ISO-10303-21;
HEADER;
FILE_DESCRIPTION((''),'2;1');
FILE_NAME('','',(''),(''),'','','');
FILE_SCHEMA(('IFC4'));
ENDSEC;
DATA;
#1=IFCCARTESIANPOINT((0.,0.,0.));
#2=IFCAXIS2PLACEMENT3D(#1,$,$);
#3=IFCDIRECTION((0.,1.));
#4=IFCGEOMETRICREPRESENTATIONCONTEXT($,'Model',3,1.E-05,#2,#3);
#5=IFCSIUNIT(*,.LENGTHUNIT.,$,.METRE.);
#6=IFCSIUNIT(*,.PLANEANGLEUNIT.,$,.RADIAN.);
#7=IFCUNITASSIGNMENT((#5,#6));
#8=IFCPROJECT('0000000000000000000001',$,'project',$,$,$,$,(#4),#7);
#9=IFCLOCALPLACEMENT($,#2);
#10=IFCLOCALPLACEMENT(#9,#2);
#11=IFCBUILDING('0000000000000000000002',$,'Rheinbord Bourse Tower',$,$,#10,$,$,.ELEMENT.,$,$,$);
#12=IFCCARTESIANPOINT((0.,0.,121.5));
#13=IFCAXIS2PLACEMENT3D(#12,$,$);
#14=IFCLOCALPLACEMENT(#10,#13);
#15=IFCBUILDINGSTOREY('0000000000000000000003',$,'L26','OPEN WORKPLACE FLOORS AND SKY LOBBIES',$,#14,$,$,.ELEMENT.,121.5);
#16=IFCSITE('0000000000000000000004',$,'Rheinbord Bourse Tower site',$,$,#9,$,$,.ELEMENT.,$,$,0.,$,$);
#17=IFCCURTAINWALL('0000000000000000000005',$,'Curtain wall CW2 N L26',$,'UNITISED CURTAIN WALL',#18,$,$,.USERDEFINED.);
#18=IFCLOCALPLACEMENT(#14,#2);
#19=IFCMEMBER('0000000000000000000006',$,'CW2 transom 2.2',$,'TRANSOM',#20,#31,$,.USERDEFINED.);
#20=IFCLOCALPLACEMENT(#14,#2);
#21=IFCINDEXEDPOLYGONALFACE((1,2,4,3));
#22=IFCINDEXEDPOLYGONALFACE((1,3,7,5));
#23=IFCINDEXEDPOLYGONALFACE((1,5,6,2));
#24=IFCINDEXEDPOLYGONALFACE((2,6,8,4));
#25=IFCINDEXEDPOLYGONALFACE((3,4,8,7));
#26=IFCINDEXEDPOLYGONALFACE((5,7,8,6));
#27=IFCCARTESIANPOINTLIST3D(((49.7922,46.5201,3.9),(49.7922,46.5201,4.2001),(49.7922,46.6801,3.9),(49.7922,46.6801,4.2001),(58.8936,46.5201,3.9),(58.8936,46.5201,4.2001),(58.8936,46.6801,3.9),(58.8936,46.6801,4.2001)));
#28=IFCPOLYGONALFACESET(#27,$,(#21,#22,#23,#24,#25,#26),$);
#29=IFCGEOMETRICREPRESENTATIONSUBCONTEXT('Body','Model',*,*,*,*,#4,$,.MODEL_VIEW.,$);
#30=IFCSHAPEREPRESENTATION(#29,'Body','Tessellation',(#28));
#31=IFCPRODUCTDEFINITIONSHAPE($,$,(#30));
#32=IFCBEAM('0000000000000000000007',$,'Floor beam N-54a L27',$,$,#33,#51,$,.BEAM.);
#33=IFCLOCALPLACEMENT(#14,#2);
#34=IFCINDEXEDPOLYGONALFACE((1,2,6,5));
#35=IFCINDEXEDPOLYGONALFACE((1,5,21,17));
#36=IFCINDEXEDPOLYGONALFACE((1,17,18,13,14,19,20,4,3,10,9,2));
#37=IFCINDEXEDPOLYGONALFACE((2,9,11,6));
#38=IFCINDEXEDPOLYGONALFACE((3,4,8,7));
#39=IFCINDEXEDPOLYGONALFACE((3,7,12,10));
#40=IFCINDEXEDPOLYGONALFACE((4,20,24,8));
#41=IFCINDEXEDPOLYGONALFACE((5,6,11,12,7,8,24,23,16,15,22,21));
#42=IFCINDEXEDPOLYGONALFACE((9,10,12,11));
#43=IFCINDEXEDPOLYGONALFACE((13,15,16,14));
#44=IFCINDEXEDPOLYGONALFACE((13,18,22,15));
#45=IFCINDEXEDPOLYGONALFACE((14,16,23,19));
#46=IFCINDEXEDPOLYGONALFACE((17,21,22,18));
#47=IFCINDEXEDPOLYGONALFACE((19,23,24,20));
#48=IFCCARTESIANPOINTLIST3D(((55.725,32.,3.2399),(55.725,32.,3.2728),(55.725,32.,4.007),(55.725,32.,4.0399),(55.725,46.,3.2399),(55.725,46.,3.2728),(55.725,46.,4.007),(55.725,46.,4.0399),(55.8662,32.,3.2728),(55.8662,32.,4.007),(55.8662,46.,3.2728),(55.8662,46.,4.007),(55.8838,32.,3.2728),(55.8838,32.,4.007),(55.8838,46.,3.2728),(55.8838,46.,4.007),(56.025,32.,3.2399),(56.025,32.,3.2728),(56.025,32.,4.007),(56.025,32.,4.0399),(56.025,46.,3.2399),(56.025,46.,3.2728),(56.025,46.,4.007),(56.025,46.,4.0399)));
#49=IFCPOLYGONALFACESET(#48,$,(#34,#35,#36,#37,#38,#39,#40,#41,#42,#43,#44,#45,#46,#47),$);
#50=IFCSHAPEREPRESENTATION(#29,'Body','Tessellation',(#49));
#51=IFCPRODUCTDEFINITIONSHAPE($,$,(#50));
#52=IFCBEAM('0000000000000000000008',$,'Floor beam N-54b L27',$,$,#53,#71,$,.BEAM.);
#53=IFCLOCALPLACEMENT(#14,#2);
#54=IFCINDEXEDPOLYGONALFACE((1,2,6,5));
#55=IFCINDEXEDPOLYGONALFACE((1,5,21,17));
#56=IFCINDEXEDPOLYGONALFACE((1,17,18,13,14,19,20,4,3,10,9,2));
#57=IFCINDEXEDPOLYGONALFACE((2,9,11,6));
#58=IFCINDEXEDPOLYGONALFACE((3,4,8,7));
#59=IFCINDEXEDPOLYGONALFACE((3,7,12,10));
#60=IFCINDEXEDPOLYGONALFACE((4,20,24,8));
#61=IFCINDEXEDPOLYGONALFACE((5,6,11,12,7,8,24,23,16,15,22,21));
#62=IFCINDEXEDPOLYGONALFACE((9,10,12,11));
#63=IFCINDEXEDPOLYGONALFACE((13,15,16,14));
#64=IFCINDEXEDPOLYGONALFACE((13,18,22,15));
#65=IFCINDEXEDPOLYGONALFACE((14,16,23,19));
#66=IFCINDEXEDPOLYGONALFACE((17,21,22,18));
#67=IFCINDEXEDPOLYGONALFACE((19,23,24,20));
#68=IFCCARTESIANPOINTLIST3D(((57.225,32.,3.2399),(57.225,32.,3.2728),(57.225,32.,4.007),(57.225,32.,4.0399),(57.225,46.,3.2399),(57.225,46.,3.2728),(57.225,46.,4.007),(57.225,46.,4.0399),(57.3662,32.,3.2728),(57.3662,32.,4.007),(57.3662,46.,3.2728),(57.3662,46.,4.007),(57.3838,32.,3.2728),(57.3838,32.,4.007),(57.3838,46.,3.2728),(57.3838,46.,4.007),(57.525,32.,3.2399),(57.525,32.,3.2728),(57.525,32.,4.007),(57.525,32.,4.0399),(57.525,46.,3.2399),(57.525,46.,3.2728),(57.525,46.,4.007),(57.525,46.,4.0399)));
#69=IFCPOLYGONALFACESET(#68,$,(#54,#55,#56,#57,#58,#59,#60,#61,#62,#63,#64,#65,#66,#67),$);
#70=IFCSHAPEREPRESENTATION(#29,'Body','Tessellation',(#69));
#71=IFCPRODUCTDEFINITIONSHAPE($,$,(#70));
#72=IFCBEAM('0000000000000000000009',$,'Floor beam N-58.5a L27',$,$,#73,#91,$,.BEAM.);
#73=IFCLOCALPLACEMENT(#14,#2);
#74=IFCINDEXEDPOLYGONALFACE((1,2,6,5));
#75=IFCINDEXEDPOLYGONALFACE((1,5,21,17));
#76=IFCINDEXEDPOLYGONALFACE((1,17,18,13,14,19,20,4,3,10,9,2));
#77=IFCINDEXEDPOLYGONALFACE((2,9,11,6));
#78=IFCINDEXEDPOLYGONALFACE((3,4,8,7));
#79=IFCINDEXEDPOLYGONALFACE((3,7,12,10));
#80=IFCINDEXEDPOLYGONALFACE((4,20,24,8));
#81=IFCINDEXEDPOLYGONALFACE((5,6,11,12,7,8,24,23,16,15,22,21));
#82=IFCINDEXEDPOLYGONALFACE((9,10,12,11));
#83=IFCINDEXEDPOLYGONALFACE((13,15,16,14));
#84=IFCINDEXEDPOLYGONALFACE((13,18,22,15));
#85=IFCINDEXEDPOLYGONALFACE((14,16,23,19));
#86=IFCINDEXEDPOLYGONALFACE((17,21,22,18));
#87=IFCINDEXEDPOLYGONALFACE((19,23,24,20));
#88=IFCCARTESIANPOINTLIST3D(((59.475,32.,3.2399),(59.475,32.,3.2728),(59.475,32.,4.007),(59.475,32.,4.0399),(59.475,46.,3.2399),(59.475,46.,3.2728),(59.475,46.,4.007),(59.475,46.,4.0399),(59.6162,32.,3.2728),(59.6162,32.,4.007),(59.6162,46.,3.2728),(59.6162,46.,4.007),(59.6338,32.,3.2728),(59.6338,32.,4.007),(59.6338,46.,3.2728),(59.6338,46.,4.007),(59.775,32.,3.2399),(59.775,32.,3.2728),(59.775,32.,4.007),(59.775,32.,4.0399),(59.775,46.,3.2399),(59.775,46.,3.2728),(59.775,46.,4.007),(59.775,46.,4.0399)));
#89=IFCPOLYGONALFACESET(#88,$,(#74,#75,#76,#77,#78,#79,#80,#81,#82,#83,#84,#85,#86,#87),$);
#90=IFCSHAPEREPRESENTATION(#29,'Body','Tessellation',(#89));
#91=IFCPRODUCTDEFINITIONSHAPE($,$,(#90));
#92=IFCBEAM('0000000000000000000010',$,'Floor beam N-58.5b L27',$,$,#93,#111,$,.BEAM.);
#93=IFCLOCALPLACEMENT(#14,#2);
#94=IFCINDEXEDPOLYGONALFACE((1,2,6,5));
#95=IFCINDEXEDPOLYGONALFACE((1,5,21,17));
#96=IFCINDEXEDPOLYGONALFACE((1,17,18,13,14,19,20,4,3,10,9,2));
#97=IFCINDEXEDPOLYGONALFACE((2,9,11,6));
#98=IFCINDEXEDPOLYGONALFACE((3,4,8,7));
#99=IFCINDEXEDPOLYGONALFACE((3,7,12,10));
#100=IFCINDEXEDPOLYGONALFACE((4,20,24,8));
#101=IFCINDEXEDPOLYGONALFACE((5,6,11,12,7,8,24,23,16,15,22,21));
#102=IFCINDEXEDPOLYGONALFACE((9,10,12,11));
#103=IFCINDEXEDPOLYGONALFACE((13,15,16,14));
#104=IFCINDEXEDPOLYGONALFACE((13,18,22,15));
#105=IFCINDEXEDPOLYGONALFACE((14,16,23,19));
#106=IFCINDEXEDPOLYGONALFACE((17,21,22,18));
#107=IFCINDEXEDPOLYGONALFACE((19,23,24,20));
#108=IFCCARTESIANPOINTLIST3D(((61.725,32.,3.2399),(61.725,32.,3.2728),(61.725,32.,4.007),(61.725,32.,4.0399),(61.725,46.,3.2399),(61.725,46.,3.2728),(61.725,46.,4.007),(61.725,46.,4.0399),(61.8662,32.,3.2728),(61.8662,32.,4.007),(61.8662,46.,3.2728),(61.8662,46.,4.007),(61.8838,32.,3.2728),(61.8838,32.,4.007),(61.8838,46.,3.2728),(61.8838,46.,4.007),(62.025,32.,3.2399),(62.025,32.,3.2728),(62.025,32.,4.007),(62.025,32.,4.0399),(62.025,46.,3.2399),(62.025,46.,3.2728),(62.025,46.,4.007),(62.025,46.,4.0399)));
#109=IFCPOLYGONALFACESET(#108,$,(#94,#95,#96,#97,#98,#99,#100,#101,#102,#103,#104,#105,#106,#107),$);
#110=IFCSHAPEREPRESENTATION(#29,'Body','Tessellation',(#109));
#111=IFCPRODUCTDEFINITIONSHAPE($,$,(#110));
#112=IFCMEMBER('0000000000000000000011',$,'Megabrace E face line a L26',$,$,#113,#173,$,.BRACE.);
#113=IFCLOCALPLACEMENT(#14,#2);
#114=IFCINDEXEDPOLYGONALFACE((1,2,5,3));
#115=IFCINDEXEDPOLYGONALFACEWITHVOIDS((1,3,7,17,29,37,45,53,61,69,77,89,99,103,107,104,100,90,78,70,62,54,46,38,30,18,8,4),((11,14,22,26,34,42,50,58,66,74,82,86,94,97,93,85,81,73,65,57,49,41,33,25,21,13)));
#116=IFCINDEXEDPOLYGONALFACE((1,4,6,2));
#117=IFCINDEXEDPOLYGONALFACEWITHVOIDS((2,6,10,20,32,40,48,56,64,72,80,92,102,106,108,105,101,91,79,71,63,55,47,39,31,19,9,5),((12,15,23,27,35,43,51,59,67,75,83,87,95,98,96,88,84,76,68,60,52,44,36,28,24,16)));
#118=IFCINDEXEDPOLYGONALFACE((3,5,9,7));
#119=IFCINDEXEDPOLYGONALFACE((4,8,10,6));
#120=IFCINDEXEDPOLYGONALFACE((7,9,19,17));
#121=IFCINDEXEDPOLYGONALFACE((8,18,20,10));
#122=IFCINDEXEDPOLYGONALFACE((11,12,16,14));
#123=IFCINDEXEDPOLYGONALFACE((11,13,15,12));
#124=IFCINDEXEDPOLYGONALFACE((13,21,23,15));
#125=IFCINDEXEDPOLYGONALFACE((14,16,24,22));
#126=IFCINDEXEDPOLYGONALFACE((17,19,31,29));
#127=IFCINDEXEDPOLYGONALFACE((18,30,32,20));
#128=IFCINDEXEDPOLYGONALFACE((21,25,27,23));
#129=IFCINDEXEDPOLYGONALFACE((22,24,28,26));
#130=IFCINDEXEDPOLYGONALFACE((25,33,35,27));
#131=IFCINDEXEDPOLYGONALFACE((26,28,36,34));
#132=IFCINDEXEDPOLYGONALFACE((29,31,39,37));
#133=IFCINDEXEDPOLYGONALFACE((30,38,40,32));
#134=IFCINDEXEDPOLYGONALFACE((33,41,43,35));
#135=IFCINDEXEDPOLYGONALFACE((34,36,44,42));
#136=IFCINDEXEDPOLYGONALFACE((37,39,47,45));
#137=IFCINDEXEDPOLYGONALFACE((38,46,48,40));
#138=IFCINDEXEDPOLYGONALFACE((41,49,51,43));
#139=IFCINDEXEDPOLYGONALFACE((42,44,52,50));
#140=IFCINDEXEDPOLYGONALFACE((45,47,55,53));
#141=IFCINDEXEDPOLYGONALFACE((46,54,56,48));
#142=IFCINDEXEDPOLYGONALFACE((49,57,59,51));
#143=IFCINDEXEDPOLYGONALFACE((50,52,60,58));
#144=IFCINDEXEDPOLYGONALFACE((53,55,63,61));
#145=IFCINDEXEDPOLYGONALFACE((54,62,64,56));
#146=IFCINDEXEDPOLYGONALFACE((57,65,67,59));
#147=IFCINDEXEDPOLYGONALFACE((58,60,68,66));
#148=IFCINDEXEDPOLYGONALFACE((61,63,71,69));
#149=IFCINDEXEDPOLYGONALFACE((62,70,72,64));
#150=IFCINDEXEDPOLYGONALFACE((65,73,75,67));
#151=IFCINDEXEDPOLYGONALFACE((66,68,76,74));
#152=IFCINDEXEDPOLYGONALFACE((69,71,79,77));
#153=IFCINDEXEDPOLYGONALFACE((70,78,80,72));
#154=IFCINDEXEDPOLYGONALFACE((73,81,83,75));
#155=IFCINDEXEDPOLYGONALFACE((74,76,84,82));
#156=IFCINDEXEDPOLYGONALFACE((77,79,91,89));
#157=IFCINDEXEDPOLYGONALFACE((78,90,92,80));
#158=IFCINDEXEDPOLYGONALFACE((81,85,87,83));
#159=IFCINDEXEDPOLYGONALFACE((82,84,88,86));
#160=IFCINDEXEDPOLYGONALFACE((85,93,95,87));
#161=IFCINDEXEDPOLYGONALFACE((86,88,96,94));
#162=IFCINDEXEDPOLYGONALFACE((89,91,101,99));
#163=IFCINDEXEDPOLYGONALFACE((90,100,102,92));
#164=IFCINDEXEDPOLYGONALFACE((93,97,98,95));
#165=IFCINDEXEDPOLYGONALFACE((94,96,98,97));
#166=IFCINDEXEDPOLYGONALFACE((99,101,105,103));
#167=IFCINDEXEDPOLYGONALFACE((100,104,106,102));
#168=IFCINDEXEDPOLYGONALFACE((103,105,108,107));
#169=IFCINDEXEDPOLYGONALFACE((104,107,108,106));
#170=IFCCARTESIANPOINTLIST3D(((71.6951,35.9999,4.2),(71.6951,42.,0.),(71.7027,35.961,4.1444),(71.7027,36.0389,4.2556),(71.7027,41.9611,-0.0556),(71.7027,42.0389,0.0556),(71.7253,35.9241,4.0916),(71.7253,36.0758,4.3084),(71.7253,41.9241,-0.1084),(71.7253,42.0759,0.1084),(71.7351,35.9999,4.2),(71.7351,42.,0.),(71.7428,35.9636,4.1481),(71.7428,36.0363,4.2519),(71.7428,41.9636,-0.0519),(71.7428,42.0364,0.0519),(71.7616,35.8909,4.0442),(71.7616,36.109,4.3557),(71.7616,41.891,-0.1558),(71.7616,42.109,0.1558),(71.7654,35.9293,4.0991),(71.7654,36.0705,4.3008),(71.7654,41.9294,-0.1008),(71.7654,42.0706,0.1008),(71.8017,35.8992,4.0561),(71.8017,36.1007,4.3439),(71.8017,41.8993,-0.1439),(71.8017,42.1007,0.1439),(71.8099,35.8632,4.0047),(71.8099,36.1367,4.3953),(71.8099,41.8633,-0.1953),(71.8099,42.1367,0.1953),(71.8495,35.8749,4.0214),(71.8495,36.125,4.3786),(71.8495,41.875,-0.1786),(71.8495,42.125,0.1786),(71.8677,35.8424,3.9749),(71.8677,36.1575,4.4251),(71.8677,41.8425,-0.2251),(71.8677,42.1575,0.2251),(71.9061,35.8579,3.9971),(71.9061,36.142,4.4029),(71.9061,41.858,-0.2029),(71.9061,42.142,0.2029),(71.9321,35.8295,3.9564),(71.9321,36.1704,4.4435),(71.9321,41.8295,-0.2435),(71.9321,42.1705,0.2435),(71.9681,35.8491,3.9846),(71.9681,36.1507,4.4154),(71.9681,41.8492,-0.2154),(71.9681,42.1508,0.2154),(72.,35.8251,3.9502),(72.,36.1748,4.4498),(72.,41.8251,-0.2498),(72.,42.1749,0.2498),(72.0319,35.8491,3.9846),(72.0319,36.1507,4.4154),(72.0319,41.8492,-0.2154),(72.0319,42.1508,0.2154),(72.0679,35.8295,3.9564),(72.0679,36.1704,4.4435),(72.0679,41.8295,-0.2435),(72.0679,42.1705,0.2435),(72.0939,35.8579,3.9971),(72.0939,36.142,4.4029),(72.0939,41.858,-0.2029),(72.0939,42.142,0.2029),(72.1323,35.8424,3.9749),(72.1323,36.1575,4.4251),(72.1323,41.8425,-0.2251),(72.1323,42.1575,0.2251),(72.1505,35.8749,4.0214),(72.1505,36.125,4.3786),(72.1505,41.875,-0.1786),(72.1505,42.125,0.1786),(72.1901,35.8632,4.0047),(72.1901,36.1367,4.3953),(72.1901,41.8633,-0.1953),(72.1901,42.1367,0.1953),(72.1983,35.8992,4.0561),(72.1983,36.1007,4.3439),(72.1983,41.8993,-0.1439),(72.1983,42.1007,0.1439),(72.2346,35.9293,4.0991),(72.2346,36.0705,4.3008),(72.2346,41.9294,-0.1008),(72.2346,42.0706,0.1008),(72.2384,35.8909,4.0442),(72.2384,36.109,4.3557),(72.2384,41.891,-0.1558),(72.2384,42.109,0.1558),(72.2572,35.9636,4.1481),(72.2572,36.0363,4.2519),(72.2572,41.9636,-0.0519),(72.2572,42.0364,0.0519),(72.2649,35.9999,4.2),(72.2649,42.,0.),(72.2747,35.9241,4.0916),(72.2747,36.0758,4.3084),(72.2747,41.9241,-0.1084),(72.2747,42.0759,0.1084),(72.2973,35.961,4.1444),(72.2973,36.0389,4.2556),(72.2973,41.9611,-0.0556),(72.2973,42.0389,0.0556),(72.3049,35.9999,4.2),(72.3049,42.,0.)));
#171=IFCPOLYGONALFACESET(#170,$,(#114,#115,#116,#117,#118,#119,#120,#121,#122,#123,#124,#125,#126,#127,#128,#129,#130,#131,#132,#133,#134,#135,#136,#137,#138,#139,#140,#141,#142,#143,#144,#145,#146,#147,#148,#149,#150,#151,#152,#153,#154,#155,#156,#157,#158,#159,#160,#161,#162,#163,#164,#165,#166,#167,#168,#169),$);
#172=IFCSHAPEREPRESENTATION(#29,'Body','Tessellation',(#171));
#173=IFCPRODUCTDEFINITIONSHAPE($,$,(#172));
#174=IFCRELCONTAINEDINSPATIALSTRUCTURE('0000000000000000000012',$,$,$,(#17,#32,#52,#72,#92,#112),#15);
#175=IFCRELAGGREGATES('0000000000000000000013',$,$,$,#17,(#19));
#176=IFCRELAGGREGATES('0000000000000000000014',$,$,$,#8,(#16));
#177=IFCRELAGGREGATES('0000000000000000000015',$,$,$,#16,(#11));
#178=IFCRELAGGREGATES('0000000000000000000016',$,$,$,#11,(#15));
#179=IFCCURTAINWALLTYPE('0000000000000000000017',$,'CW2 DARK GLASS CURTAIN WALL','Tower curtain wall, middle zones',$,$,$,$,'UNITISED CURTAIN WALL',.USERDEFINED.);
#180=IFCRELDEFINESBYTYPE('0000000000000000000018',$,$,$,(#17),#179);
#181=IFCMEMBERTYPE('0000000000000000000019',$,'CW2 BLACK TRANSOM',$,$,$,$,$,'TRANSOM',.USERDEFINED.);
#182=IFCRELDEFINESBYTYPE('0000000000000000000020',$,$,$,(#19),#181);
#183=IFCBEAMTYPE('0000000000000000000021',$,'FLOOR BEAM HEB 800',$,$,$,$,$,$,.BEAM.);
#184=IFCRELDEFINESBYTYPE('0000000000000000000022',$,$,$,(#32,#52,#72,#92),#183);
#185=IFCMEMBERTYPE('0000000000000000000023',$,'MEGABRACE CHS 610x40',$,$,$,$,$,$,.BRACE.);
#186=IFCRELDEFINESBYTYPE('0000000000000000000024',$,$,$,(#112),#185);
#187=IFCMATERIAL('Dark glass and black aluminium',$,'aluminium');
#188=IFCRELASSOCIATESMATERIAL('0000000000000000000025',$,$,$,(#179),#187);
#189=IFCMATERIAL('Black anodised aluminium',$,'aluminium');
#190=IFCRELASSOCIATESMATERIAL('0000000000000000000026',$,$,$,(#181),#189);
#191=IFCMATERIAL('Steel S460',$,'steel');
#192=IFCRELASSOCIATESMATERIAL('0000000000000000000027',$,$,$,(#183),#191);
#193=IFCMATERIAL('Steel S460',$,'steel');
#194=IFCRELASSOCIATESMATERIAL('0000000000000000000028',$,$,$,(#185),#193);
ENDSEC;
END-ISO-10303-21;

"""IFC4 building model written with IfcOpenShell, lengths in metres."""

from ifc_helpers import new_model, si_unit, direction, frame, origin, origin_2d, place, context, subcontext, project, spatial, rectangle, hollow_circle, i_section, extrude, material, material_profile, profile_set, type_object, element, aggregate, save


model = new_model("IFC4")

# Units and contexts
model_context = context("Model", 3, precision=1e-05, world=origin(), true_north=direction((0.0, 1.0)))
body_context = subcontext(model_context, "Body", "Model", "MODEL_VIEW")
ifc_project = project(units=[si_unit("LENGTHUNIT", "METRE"), si_unit("PLANEANGLEUNIT", "RADIAN")], contexts=[model_context])

# Site, building, storey
site_placement = place(None, origin())
site = spatial("IfcSite", under=ifc_project, at=site_placement, Name="Rheinbord Bourse Tower site", CompositionType="ELEMENT", RefElevation=0.0)
building_placement = place(site_placement, origin())
building = spatial("IfcBuilding", under=site, at=building_placement, Name="Rheinbord Bourse Tower", CompositionType="ELEMENT")
storey_placement = place(building_placement, frame((0.0, 0.0, 121.5)))
storey = spatial("IfcBuildingStorey", under=building, at=storey_placement, Name="L26", Description="OPEN WORKPLACE FLOORS AND SKY LOBBIES", CompositionType="ELEMENT", Elevation=121.5)

# Curtain wall
ifc_material_1 = material(Name="Dark glass and black aluminium", Category="aluminium")
curtain_wall_type = type_object("IfcCurtainWallType", Name="CW2 DARK GLASS CURTAIN WALL", Description="Tower curtain wall, middle zones", ElementType="UNITISED CURTAIN WALL", PredefinedType="USERDEFINED", material=ifc_material_1)
curtain_wall_1_placement = place(storey_placement, origin())
curtain_wall_1 = element("IfcCurtainWall", 1, at=curtain_wall_1_placement, inside=storey, type_object=curtain_wall_type, Name="Curtain wall CW2 N L26", ObjectType="UNITISED CURTAIN WALL", PredefinedType="USERDEFINED")

# Member
ifc_material_2 = material(Name="Black anodised aluminium", Category="aluminium")
ifc_material_profile_1 = material_profile(ifc_material_2, rectangle(XDim=0.1599, YDim=0.3, at=origin_2d()), Name="CW2 TRANSOM 300x160")
ifc_profile_set_1 = profile_set([ifc_material_profile_1], Name="Black anodised aluminium")
member_type_1 = type_object("IfcMemberType", Name="CW2 BLACK TRANSOM", ElementType="TRANSOM", PredefinedType="USERDEFINED", material=ifc_profile_set_1)
member_1_placement = place(storey_placement, frame((58.8936, 46.6001, 4.05), z_axis=(-1.0, 0.0, 0.0), x_axis=(0.0, -1.0, 0.0)))
member_1 = element("IfcMember", 2, at=member_1_placement, type_object=member_type_1, Name="CW2 transom 2.2", ObjectType="TRANSOM", PredefinedType="USERDEFINED", context=body_context, shape_type="SweptSolid", body=[
    extrude(rectangle(XDim=0.1599, YDim=0.3, at=origin_2d()), origin(), (0.0, 0.0, 1.0), 9.1013),
])

# Beams
ifc_material_3 = material(Name="Steel S460", Category="steel")
ifc_material_profile_2 = material_profile(ifc_material_3, i_section(OverallWidth=0.3, OverallDepth=0.8, WebThickness=0.0176, FlangeThickness=0.033, at=origin_2d()), Name="HEB 800")
ifc_profile_set_2 = profile_set([ifc_material_profile_2], Name="Steel S460")
beam_type_1 = type_object("IfcBeamType", Name="FLOOR BEAM HEB 800", PredefinedType="BEAM", material=ifc_profile_set_2)
for number, where, z_axis, x_axis, name in (
    (3, (55.875, 46.0, 3.6399), (0.0, -1.0, 0.0), (1.0, 0.0, 0.0), "Floor beam N-54a L27"),
    (4, (57.375, 46.0, 3.6399), (0.0, -1.0, 0.0), (1.0, 0.0, 0.0), "Floor beam N-54b L27"),
    (5, (59.625, 46.0, 3.6399), (0.0, -1.0, 0.0), (1.0, 0.0, 0.0), "Floor beam N-58.5a L27"),
    (6, (61.875, 46.0, 3.6399), (0.0, -1.0, 0.0), (1.0, 0.0, 0.0), "Floor beam N-58.5b L27"),
):
    element("IfcBeam", number, at=place(storey_placement, frame(where, z_axis=z_axis, x_axis=x_axis)), inside=storey, type_object=beam_type_1, Name=name, PredefinedType="BEAM", context=body_context, shape_type="SweptSolid", body=[
        extrude(i_section(OverallWidth=0.3, OverallDepth=0.8, WebThickness=0.0176, FlangeThickness=0.033, at=origin_2d()), origin(), (0.0, 0.0, 1.0), 14.0),
    ])

# Member
ifc_material_4 = material(Name="Steel S460", Category="steel")
ifc_material_profile_3 = material_profile(ifc_material_4, hollow_circle(Radius=0.3049, WallThickness=0.04, at=origin_2d()), Name="CHS 610x40")
ifc_profile_set_3 = profile_set([ifc_material_profile_3], Name="Steel S460")
member_type_2 = type_object("IfcMemberType", Name="MEGABRACE CHS 610x40", PredefinedType="BRACE", material=ifc_profile_set_3)
member_2_placement = place(storey_placement, frame((72.0, 42.0, 0.0), z_axis=(0.0, -0.819235, 0.573458), x_axis=(1.0, 0.0, 0.0)))
element("IfcMember", 7, at=member_2_placement, inside=storey, type_object=member_type_2, Name="Megabrace E face line a L26", PredefinedType="BRACE", context=body_context, shape_type="SweptSolid", body=[
    extrude(hollow_circle(Radius=0.3049, WallThickness=0.04, at=origin_2d()), origin(), (0.0, 0.0, 1.0), 7.324),
])

aggregate(curtain_wall_1, [member_1])

save(model, "model.ifc")
